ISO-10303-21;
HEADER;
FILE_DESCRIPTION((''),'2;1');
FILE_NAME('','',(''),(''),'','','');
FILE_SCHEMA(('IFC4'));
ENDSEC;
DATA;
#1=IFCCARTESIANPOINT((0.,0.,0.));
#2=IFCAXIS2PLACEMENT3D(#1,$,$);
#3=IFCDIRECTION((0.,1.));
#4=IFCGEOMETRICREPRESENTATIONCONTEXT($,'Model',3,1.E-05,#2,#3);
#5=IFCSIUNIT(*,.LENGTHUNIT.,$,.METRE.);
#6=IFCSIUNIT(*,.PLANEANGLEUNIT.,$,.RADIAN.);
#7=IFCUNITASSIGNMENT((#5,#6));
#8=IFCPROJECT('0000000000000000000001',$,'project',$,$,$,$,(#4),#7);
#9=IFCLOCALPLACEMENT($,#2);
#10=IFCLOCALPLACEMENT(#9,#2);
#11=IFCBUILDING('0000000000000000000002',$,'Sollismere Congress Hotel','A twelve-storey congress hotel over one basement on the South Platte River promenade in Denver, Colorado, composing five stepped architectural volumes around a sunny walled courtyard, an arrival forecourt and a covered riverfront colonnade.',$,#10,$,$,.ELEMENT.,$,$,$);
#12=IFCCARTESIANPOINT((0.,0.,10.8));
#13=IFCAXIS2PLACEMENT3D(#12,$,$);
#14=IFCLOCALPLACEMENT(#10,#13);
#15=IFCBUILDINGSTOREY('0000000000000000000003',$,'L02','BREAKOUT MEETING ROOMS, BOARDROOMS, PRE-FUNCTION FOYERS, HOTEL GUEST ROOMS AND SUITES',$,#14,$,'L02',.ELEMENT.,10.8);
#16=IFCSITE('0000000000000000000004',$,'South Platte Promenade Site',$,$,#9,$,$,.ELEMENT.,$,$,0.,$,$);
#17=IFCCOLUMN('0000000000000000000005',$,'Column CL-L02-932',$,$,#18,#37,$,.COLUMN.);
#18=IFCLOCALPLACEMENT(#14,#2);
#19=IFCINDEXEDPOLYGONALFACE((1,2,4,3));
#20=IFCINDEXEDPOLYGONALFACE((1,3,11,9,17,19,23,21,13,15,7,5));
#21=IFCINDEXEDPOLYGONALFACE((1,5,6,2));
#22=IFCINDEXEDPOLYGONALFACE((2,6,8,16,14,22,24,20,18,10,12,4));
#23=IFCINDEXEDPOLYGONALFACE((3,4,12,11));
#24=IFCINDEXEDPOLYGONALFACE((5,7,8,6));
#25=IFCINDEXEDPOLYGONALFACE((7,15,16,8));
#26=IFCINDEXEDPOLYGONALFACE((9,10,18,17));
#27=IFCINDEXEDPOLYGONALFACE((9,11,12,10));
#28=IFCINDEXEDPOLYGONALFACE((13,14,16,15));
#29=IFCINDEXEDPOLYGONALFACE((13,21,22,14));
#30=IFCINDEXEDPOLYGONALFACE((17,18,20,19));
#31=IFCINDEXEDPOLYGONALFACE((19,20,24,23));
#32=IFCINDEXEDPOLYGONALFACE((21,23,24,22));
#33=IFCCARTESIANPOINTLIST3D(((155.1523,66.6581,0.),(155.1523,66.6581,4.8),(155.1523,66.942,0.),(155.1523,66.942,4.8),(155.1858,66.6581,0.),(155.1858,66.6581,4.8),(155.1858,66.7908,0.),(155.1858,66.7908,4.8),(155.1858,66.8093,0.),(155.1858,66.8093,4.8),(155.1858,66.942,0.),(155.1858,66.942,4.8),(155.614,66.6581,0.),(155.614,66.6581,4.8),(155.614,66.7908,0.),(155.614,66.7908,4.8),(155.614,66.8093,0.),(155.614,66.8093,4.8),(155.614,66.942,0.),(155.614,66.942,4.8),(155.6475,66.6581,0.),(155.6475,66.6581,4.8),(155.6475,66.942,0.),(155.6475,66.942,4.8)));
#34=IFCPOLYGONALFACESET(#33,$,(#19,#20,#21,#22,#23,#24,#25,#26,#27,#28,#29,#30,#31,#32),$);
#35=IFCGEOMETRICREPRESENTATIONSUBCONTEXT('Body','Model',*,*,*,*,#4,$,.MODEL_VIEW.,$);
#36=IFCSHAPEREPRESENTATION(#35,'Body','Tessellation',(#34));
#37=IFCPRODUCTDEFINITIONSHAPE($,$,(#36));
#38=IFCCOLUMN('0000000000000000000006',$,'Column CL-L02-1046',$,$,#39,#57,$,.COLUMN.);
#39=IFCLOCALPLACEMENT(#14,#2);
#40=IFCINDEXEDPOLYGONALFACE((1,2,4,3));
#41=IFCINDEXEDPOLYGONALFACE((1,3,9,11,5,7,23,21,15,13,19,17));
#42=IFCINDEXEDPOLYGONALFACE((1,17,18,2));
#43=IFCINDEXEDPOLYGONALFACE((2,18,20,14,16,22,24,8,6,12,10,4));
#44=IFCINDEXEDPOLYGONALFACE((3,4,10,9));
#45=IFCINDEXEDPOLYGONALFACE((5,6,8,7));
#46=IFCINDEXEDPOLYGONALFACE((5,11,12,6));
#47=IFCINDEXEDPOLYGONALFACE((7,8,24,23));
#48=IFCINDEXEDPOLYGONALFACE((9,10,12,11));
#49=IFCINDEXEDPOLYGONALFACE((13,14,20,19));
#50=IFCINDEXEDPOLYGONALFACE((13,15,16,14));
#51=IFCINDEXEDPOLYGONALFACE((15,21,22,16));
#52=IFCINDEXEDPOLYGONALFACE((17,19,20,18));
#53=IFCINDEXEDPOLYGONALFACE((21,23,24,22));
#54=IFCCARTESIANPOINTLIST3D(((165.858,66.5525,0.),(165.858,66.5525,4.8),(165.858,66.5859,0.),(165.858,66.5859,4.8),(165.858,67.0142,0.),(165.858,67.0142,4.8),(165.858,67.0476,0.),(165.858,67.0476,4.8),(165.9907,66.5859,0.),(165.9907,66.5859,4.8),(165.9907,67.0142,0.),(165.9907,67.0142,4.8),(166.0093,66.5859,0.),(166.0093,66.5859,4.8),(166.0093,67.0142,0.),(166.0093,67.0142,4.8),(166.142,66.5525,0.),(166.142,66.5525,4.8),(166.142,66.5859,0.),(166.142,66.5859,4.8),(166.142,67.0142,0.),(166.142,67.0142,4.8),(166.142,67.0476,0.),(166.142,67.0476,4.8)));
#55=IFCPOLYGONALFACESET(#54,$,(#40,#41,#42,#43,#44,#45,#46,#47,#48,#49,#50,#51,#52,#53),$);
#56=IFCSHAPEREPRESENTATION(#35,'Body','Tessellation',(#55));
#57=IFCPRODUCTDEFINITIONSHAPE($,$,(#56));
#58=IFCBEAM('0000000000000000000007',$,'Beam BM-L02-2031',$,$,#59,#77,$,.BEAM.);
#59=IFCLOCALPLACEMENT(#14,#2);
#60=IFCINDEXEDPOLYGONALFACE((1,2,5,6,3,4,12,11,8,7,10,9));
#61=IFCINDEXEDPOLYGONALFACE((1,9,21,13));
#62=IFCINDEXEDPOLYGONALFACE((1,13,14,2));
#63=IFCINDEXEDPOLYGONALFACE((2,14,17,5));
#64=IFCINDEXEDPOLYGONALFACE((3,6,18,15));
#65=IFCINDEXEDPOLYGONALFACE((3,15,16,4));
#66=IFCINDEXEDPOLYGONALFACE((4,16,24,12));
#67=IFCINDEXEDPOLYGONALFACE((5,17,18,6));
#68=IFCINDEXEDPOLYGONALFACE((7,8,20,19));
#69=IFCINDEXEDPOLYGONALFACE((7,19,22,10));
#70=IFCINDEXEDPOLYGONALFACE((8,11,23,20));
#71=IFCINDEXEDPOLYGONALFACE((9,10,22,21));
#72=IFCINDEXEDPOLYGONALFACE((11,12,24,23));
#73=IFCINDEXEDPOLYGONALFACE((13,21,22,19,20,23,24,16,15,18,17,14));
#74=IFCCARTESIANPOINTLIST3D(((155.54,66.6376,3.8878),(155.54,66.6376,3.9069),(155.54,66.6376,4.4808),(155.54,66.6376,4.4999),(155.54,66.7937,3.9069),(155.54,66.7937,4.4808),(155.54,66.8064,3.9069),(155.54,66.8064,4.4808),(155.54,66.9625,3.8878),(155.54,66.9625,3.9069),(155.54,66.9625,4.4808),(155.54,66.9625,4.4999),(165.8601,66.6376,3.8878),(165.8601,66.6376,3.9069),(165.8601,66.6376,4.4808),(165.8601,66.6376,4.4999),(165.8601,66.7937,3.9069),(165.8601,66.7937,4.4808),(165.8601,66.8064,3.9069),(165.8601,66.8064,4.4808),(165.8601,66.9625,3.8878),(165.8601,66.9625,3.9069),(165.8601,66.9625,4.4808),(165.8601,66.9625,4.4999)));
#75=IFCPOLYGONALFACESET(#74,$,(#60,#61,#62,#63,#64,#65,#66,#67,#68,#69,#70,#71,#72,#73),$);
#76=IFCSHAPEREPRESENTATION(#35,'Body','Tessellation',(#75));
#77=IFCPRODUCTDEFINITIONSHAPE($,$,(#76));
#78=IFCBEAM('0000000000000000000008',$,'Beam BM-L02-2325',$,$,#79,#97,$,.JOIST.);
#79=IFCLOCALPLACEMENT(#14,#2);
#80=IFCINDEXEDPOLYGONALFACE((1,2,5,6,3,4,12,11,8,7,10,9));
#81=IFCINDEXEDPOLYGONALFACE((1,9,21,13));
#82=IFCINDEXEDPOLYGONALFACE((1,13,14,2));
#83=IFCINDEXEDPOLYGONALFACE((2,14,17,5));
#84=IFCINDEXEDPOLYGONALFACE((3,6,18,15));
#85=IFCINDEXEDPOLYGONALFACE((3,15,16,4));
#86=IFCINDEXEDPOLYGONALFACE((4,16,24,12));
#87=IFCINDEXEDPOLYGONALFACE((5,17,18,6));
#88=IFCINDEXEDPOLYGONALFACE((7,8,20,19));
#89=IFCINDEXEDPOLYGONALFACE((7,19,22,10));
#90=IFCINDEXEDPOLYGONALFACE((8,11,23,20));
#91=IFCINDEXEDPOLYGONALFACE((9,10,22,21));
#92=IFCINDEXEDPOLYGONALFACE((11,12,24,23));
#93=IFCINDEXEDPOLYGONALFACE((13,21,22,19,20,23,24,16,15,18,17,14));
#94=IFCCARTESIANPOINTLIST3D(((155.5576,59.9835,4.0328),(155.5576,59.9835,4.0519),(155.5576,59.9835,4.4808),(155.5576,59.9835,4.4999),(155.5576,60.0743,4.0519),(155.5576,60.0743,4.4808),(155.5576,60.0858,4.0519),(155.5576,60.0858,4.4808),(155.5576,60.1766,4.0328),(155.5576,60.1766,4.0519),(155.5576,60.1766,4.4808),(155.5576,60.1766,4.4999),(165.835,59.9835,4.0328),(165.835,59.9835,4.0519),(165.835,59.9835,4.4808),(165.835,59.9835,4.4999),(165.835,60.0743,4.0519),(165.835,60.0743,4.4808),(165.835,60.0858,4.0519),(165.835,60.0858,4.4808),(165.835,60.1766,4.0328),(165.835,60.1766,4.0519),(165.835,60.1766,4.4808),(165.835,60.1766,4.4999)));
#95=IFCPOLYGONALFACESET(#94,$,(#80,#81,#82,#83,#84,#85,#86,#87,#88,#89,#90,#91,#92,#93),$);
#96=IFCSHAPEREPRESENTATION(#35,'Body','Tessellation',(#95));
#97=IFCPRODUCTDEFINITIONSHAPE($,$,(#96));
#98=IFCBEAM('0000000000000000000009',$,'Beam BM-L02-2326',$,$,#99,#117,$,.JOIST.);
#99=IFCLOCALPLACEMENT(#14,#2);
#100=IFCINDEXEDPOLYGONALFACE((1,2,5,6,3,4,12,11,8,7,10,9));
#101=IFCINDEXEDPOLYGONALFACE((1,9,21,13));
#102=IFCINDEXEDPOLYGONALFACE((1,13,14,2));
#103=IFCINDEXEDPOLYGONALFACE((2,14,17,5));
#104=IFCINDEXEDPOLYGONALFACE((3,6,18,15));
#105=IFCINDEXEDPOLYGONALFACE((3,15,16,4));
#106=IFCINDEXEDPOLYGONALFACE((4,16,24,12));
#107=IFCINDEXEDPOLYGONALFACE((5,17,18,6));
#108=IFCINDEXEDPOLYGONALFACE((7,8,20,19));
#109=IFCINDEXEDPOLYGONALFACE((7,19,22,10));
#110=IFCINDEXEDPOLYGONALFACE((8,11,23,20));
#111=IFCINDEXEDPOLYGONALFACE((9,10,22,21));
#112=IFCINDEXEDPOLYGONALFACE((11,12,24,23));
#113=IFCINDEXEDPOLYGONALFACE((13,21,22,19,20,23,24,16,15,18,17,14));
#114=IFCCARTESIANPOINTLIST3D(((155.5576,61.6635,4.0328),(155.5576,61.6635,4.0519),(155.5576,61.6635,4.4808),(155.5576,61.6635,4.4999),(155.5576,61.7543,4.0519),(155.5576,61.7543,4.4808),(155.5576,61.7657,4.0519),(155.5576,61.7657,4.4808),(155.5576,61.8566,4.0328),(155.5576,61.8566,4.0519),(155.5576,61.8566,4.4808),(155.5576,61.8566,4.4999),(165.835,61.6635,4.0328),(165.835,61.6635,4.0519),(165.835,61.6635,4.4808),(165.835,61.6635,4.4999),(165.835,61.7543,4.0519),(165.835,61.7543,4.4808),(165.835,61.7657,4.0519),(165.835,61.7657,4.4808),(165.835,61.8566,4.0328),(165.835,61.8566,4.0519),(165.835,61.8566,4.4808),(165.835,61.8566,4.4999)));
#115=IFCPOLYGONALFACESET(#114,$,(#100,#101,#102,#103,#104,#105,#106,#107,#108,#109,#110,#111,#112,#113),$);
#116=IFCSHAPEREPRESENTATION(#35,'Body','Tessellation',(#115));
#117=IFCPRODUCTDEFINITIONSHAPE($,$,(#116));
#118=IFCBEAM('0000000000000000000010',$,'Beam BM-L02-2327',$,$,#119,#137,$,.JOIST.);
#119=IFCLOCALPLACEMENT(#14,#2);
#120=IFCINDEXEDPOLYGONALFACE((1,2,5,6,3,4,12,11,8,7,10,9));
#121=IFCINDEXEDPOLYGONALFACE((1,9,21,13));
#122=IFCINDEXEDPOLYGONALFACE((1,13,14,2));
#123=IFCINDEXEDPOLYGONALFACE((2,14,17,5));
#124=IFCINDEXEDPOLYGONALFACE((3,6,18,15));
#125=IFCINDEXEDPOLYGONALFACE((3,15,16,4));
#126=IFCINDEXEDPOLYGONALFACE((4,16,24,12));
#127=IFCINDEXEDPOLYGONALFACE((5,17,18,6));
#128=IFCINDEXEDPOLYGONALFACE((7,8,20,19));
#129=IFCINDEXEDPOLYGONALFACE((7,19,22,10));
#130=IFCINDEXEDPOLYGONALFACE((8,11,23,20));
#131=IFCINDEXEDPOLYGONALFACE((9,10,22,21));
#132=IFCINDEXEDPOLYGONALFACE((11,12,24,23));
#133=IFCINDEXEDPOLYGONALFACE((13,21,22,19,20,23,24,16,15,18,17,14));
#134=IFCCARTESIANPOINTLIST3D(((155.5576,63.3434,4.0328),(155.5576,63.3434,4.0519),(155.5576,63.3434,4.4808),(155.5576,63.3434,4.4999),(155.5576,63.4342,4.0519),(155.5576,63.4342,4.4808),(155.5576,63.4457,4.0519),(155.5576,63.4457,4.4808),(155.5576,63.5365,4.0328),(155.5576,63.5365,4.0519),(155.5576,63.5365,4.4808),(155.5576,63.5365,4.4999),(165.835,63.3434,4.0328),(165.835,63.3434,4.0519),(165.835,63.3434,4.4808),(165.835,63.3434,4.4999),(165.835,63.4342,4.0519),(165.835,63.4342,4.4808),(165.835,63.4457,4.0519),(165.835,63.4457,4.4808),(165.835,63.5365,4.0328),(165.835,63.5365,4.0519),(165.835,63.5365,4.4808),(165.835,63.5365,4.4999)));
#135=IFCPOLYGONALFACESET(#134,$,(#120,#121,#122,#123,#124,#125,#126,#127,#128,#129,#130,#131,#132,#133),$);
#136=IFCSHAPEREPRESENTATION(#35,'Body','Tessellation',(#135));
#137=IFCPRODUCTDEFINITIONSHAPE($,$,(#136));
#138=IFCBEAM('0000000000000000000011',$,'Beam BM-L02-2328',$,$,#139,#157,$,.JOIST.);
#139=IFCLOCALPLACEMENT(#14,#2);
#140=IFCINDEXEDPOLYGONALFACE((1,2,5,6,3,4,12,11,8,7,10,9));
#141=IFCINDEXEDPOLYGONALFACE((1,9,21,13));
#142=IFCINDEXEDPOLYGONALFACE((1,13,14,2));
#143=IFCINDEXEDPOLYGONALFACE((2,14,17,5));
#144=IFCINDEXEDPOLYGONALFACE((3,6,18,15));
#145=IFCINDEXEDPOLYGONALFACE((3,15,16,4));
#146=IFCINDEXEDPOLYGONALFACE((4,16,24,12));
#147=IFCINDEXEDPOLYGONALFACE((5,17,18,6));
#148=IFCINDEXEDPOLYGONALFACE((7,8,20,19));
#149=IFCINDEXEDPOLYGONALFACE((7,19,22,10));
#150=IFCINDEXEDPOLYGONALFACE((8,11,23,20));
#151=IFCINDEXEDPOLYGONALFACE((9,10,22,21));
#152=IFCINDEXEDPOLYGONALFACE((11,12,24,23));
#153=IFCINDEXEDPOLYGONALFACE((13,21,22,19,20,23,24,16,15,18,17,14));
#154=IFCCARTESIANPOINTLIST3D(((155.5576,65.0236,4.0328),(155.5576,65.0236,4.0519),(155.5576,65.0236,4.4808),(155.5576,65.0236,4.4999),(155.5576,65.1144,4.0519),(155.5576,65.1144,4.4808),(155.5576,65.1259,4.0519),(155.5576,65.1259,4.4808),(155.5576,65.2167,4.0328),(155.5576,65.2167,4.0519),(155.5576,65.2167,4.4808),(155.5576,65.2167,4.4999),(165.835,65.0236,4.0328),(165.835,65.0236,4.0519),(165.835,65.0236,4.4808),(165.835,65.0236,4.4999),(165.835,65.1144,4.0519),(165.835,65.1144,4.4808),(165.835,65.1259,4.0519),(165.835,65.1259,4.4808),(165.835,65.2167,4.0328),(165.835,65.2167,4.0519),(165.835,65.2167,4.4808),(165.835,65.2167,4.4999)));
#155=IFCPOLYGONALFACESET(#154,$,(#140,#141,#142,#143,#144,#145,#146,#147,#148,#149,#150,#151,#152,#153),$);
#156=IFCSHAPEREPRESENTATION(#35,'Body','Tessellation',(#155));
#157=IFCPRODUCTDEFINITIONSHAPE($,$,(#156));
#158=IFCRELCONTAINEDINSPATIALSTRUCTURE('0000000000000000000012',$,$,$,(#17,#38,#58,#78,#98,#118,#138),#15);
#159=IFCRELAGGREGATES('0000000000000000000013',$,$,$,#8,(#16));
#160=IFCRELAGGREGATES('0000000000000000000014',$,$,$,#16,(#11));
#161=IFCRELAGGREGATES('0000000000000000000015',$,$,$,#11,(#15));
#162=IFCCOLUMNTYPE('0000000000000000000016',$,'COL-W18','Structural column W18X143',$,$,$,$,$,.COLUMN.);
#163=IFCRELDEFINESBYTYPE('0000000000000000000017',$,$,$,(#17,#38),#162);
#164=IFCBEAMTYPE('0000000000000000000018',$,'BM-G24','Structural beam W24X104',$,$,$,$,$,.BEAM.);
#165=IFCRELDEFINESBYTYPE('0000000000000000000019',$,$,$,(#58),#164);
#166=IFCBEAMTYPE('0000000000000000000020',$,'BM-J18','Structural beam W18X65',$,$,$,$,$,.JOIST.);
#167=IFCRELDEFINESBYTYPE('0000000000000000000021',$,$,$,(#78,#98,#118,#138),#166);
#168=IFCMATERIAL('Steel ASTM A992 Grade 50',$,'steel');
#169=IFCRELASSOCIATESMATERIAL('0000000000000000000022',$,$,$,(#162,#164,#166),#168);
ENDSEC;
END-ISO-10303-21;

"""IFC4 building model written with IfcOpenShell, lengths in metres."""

from ifc_helpers import new_model, si_unit, direction, frame, origin, origin_2d, place, context, subcontext, project, spatial, i_section, extrude, material, material_profile, profile_set, type_object, element, save


model = new_model("IFC4")

# Units and contexts
model_context = context("Model", 3, precision=1e-05, world=origin(), true_north=direction((0.0, 1.0)))
body_context = subcontext(model_context, "Body", "Model", "MODEL_VIEW")
ifc_project = project(units=[si_unit("LENGTHUNIT", "METRE"), si_unit("PLANEANGLEUNIT", "RADIAN")], contexts=[model_context])

# Site, building, storey
site_placement = place(None, origin())
site = spatial("IfcSite", under=ifc_project, at=site_placement, Name="South Platte Promenade Site", CompositionType="ELEMENT", RefElevation=0.0)
building_placement = place(site_placement, origin())
building = spatial("IfcBuilding", under=site, at=building_placement, Name="Sollismere Congress Hotel", Description="A twelve-storey congress hotel over one basement on the South Platte River promenade in Denver, Colorado, composing five stepped architectural volumes around a sunny walled courtyard, an arrival forecourt and a covered riverfront colonnade.", CompositionType="ELEMENT")
storey_placement = place(building_placement, frame((0.0, 0.0, 10.8)))
storey = spatial("IfcBuildingStorey", under=building, at=storey_placement, Name="L02", Description="BREAKOUT MEETING ROOMS, BOARDROOMS, PRE-FUNCTION FOYERS, HOTEL GUEST ROOMS AND SUITES", LongName="L02", CompositionType="ELEMENT", Elevation=10.8)

# Columns
ifc_material_1 = material(Name="Steel ASTM A992 Grade 50", Category="steel")
ifc_material_profile_1 = material_profile(ifc_material_1, i_section(OverallWidth=0.2839, OverallDepth=0.4951, WebThickness=0.0186, FlangeThickness=0.0334, at=origin_2d()), Name="W18X143")
ifc_profile_set_1 = profile_set([ifc_material_profile_1], Name="Steel ASTM A992 Grade 50")
column_type = type_object("IfcColumnType", Name="COL-W18", Description="Structural column W18X143", PredefinedType="COLUMN", material=ifc_profile_set_1)
for number, where, z_axis, x_axis, name in (
    (1, (155.3999, 66.8, 0.0), (0.0, 0.0, 1.0), (0.0, 1.0, 0.0), "Column CL-L02-932"),
    (2, (166.0, 66.8, 0.0), (0.0, 0.0, 1.0), (1.0, 0.0, 0.0), "Column CL-L02-1046"),
):
    element("IfcColumn", number, at=place(storey_placement, frame(where, z_axis=z_axis, x_axis=x_axis)), inside=storey, type_object=column_type, Name=name, PredefinedType="COLUMN", context=body_context, shape_type="SweptSolid", body=[
        extrude(i_section(OverallWidth=0.2839, OverallDepth=0.4951, WebThickness=0.0186, FlangeThickness=0.0334, at=origin_2d()), origin(), (0.0, 0.0, 1.0), 4.8),
    ])

# Beams
ifc_material_profile_2 = material_profile(ifc_material_1, i_section(OverallWidth=0.325, OverallDepth=0.6121, WebThickness=0.0127, FlangeThickness=0.019, at=origin_2d()), Name="W24X104")
ifc_profile_set_2 = profile_set([ifc_material_profile_2], Name="Steel ASTM A992 Grade 50")
beam_type_1 = type_object("IfcBeamType", Name="BM-G24", Description="Structural beam W24X104", PredefinedType="BEAM", material=ifc_profile_set_2)
beam_placement = place(storey_placement, frame((155.54, 66.8, 4.1938), z_axis=(1.0, 0.0, 0.0), x_axis=(0.0, 1.0, 0.0)))
element("IfcBeam", 3, at=beam_placement, inside=storey, type_object=beam_type_1, Name="Beam BM-L02-2031", PredefinedType="BEAM", context=body_context, shape_type="SweptSolid", body=[
    extrude(i_section(OverallWidth=0.325, OverallDepth=0.6121, WebThickness=0.0127, FlangeThickness=0.019, at=origin_2d()), origin(), (0.0, 0.0, 1.0), 10.3201),
])
ifc_material_profile_3 = material_profile(ifc_material_1, i_section(OverallWidth=0.1931, OverallDepth=0.467, WebThickness=0.0115, FlangeThickness=0.019, at=origin_2d()), Name="W18X65")
ifc_profile_set_3 = profile_set([ifc_material_profile_3], Name="Steel ASTM A992 Grade 50")
beam_type_2 = type_object("IfcBeamType", Name="BM-J18", Description="Structural beam W18X65", PredefinedType="JOIST", material=ifc_profile_set_3)
for number, where, z_axis, x_axis, name in (
    (4, (155.5576, 60.0801, 4.2664), (1.0, 0.0, 0.0), (0.0, 1.0, 0.0), "Beam BM-L02-2325"),
    (5, (155.5576, 61.76, 4.2664), (1.0, 0.0, 0.0), (0.0, 1.0, 0.0), "Beam BM-L02-2326"),
    (6, (155.5576, 63.4399, 4.2664), (1.0, 0.0, 0.0), (0.0, 1.0, 0.0), "Beam BM-L02-2327"),
    (7, (155.5576, 65.1201, 4.2664), (1.0, 0.0, 0.0), (0.0, 1.0, 0.0), "Beam BM-L02-2328"),
):
    element("IfcBeam", number, at=place(storey_placement, frame(where, z_axis=z_axis, x_axis=x_axis)), inside=storey, type_object=beam_type_2, Name=name, PredefinedType="JOIST", context=body_context, shape_type="SweptSolid", body=[
        extrude(i_section(OverallWidth=0.1931, OverallDepth=0.467, WebThickness=0.0115, FlangeThickness=0.019, at=origin_2d()), origin(), (0.0, 0.0, 1.0), 10.2773),
    ])

save(model, "model.ifc")
